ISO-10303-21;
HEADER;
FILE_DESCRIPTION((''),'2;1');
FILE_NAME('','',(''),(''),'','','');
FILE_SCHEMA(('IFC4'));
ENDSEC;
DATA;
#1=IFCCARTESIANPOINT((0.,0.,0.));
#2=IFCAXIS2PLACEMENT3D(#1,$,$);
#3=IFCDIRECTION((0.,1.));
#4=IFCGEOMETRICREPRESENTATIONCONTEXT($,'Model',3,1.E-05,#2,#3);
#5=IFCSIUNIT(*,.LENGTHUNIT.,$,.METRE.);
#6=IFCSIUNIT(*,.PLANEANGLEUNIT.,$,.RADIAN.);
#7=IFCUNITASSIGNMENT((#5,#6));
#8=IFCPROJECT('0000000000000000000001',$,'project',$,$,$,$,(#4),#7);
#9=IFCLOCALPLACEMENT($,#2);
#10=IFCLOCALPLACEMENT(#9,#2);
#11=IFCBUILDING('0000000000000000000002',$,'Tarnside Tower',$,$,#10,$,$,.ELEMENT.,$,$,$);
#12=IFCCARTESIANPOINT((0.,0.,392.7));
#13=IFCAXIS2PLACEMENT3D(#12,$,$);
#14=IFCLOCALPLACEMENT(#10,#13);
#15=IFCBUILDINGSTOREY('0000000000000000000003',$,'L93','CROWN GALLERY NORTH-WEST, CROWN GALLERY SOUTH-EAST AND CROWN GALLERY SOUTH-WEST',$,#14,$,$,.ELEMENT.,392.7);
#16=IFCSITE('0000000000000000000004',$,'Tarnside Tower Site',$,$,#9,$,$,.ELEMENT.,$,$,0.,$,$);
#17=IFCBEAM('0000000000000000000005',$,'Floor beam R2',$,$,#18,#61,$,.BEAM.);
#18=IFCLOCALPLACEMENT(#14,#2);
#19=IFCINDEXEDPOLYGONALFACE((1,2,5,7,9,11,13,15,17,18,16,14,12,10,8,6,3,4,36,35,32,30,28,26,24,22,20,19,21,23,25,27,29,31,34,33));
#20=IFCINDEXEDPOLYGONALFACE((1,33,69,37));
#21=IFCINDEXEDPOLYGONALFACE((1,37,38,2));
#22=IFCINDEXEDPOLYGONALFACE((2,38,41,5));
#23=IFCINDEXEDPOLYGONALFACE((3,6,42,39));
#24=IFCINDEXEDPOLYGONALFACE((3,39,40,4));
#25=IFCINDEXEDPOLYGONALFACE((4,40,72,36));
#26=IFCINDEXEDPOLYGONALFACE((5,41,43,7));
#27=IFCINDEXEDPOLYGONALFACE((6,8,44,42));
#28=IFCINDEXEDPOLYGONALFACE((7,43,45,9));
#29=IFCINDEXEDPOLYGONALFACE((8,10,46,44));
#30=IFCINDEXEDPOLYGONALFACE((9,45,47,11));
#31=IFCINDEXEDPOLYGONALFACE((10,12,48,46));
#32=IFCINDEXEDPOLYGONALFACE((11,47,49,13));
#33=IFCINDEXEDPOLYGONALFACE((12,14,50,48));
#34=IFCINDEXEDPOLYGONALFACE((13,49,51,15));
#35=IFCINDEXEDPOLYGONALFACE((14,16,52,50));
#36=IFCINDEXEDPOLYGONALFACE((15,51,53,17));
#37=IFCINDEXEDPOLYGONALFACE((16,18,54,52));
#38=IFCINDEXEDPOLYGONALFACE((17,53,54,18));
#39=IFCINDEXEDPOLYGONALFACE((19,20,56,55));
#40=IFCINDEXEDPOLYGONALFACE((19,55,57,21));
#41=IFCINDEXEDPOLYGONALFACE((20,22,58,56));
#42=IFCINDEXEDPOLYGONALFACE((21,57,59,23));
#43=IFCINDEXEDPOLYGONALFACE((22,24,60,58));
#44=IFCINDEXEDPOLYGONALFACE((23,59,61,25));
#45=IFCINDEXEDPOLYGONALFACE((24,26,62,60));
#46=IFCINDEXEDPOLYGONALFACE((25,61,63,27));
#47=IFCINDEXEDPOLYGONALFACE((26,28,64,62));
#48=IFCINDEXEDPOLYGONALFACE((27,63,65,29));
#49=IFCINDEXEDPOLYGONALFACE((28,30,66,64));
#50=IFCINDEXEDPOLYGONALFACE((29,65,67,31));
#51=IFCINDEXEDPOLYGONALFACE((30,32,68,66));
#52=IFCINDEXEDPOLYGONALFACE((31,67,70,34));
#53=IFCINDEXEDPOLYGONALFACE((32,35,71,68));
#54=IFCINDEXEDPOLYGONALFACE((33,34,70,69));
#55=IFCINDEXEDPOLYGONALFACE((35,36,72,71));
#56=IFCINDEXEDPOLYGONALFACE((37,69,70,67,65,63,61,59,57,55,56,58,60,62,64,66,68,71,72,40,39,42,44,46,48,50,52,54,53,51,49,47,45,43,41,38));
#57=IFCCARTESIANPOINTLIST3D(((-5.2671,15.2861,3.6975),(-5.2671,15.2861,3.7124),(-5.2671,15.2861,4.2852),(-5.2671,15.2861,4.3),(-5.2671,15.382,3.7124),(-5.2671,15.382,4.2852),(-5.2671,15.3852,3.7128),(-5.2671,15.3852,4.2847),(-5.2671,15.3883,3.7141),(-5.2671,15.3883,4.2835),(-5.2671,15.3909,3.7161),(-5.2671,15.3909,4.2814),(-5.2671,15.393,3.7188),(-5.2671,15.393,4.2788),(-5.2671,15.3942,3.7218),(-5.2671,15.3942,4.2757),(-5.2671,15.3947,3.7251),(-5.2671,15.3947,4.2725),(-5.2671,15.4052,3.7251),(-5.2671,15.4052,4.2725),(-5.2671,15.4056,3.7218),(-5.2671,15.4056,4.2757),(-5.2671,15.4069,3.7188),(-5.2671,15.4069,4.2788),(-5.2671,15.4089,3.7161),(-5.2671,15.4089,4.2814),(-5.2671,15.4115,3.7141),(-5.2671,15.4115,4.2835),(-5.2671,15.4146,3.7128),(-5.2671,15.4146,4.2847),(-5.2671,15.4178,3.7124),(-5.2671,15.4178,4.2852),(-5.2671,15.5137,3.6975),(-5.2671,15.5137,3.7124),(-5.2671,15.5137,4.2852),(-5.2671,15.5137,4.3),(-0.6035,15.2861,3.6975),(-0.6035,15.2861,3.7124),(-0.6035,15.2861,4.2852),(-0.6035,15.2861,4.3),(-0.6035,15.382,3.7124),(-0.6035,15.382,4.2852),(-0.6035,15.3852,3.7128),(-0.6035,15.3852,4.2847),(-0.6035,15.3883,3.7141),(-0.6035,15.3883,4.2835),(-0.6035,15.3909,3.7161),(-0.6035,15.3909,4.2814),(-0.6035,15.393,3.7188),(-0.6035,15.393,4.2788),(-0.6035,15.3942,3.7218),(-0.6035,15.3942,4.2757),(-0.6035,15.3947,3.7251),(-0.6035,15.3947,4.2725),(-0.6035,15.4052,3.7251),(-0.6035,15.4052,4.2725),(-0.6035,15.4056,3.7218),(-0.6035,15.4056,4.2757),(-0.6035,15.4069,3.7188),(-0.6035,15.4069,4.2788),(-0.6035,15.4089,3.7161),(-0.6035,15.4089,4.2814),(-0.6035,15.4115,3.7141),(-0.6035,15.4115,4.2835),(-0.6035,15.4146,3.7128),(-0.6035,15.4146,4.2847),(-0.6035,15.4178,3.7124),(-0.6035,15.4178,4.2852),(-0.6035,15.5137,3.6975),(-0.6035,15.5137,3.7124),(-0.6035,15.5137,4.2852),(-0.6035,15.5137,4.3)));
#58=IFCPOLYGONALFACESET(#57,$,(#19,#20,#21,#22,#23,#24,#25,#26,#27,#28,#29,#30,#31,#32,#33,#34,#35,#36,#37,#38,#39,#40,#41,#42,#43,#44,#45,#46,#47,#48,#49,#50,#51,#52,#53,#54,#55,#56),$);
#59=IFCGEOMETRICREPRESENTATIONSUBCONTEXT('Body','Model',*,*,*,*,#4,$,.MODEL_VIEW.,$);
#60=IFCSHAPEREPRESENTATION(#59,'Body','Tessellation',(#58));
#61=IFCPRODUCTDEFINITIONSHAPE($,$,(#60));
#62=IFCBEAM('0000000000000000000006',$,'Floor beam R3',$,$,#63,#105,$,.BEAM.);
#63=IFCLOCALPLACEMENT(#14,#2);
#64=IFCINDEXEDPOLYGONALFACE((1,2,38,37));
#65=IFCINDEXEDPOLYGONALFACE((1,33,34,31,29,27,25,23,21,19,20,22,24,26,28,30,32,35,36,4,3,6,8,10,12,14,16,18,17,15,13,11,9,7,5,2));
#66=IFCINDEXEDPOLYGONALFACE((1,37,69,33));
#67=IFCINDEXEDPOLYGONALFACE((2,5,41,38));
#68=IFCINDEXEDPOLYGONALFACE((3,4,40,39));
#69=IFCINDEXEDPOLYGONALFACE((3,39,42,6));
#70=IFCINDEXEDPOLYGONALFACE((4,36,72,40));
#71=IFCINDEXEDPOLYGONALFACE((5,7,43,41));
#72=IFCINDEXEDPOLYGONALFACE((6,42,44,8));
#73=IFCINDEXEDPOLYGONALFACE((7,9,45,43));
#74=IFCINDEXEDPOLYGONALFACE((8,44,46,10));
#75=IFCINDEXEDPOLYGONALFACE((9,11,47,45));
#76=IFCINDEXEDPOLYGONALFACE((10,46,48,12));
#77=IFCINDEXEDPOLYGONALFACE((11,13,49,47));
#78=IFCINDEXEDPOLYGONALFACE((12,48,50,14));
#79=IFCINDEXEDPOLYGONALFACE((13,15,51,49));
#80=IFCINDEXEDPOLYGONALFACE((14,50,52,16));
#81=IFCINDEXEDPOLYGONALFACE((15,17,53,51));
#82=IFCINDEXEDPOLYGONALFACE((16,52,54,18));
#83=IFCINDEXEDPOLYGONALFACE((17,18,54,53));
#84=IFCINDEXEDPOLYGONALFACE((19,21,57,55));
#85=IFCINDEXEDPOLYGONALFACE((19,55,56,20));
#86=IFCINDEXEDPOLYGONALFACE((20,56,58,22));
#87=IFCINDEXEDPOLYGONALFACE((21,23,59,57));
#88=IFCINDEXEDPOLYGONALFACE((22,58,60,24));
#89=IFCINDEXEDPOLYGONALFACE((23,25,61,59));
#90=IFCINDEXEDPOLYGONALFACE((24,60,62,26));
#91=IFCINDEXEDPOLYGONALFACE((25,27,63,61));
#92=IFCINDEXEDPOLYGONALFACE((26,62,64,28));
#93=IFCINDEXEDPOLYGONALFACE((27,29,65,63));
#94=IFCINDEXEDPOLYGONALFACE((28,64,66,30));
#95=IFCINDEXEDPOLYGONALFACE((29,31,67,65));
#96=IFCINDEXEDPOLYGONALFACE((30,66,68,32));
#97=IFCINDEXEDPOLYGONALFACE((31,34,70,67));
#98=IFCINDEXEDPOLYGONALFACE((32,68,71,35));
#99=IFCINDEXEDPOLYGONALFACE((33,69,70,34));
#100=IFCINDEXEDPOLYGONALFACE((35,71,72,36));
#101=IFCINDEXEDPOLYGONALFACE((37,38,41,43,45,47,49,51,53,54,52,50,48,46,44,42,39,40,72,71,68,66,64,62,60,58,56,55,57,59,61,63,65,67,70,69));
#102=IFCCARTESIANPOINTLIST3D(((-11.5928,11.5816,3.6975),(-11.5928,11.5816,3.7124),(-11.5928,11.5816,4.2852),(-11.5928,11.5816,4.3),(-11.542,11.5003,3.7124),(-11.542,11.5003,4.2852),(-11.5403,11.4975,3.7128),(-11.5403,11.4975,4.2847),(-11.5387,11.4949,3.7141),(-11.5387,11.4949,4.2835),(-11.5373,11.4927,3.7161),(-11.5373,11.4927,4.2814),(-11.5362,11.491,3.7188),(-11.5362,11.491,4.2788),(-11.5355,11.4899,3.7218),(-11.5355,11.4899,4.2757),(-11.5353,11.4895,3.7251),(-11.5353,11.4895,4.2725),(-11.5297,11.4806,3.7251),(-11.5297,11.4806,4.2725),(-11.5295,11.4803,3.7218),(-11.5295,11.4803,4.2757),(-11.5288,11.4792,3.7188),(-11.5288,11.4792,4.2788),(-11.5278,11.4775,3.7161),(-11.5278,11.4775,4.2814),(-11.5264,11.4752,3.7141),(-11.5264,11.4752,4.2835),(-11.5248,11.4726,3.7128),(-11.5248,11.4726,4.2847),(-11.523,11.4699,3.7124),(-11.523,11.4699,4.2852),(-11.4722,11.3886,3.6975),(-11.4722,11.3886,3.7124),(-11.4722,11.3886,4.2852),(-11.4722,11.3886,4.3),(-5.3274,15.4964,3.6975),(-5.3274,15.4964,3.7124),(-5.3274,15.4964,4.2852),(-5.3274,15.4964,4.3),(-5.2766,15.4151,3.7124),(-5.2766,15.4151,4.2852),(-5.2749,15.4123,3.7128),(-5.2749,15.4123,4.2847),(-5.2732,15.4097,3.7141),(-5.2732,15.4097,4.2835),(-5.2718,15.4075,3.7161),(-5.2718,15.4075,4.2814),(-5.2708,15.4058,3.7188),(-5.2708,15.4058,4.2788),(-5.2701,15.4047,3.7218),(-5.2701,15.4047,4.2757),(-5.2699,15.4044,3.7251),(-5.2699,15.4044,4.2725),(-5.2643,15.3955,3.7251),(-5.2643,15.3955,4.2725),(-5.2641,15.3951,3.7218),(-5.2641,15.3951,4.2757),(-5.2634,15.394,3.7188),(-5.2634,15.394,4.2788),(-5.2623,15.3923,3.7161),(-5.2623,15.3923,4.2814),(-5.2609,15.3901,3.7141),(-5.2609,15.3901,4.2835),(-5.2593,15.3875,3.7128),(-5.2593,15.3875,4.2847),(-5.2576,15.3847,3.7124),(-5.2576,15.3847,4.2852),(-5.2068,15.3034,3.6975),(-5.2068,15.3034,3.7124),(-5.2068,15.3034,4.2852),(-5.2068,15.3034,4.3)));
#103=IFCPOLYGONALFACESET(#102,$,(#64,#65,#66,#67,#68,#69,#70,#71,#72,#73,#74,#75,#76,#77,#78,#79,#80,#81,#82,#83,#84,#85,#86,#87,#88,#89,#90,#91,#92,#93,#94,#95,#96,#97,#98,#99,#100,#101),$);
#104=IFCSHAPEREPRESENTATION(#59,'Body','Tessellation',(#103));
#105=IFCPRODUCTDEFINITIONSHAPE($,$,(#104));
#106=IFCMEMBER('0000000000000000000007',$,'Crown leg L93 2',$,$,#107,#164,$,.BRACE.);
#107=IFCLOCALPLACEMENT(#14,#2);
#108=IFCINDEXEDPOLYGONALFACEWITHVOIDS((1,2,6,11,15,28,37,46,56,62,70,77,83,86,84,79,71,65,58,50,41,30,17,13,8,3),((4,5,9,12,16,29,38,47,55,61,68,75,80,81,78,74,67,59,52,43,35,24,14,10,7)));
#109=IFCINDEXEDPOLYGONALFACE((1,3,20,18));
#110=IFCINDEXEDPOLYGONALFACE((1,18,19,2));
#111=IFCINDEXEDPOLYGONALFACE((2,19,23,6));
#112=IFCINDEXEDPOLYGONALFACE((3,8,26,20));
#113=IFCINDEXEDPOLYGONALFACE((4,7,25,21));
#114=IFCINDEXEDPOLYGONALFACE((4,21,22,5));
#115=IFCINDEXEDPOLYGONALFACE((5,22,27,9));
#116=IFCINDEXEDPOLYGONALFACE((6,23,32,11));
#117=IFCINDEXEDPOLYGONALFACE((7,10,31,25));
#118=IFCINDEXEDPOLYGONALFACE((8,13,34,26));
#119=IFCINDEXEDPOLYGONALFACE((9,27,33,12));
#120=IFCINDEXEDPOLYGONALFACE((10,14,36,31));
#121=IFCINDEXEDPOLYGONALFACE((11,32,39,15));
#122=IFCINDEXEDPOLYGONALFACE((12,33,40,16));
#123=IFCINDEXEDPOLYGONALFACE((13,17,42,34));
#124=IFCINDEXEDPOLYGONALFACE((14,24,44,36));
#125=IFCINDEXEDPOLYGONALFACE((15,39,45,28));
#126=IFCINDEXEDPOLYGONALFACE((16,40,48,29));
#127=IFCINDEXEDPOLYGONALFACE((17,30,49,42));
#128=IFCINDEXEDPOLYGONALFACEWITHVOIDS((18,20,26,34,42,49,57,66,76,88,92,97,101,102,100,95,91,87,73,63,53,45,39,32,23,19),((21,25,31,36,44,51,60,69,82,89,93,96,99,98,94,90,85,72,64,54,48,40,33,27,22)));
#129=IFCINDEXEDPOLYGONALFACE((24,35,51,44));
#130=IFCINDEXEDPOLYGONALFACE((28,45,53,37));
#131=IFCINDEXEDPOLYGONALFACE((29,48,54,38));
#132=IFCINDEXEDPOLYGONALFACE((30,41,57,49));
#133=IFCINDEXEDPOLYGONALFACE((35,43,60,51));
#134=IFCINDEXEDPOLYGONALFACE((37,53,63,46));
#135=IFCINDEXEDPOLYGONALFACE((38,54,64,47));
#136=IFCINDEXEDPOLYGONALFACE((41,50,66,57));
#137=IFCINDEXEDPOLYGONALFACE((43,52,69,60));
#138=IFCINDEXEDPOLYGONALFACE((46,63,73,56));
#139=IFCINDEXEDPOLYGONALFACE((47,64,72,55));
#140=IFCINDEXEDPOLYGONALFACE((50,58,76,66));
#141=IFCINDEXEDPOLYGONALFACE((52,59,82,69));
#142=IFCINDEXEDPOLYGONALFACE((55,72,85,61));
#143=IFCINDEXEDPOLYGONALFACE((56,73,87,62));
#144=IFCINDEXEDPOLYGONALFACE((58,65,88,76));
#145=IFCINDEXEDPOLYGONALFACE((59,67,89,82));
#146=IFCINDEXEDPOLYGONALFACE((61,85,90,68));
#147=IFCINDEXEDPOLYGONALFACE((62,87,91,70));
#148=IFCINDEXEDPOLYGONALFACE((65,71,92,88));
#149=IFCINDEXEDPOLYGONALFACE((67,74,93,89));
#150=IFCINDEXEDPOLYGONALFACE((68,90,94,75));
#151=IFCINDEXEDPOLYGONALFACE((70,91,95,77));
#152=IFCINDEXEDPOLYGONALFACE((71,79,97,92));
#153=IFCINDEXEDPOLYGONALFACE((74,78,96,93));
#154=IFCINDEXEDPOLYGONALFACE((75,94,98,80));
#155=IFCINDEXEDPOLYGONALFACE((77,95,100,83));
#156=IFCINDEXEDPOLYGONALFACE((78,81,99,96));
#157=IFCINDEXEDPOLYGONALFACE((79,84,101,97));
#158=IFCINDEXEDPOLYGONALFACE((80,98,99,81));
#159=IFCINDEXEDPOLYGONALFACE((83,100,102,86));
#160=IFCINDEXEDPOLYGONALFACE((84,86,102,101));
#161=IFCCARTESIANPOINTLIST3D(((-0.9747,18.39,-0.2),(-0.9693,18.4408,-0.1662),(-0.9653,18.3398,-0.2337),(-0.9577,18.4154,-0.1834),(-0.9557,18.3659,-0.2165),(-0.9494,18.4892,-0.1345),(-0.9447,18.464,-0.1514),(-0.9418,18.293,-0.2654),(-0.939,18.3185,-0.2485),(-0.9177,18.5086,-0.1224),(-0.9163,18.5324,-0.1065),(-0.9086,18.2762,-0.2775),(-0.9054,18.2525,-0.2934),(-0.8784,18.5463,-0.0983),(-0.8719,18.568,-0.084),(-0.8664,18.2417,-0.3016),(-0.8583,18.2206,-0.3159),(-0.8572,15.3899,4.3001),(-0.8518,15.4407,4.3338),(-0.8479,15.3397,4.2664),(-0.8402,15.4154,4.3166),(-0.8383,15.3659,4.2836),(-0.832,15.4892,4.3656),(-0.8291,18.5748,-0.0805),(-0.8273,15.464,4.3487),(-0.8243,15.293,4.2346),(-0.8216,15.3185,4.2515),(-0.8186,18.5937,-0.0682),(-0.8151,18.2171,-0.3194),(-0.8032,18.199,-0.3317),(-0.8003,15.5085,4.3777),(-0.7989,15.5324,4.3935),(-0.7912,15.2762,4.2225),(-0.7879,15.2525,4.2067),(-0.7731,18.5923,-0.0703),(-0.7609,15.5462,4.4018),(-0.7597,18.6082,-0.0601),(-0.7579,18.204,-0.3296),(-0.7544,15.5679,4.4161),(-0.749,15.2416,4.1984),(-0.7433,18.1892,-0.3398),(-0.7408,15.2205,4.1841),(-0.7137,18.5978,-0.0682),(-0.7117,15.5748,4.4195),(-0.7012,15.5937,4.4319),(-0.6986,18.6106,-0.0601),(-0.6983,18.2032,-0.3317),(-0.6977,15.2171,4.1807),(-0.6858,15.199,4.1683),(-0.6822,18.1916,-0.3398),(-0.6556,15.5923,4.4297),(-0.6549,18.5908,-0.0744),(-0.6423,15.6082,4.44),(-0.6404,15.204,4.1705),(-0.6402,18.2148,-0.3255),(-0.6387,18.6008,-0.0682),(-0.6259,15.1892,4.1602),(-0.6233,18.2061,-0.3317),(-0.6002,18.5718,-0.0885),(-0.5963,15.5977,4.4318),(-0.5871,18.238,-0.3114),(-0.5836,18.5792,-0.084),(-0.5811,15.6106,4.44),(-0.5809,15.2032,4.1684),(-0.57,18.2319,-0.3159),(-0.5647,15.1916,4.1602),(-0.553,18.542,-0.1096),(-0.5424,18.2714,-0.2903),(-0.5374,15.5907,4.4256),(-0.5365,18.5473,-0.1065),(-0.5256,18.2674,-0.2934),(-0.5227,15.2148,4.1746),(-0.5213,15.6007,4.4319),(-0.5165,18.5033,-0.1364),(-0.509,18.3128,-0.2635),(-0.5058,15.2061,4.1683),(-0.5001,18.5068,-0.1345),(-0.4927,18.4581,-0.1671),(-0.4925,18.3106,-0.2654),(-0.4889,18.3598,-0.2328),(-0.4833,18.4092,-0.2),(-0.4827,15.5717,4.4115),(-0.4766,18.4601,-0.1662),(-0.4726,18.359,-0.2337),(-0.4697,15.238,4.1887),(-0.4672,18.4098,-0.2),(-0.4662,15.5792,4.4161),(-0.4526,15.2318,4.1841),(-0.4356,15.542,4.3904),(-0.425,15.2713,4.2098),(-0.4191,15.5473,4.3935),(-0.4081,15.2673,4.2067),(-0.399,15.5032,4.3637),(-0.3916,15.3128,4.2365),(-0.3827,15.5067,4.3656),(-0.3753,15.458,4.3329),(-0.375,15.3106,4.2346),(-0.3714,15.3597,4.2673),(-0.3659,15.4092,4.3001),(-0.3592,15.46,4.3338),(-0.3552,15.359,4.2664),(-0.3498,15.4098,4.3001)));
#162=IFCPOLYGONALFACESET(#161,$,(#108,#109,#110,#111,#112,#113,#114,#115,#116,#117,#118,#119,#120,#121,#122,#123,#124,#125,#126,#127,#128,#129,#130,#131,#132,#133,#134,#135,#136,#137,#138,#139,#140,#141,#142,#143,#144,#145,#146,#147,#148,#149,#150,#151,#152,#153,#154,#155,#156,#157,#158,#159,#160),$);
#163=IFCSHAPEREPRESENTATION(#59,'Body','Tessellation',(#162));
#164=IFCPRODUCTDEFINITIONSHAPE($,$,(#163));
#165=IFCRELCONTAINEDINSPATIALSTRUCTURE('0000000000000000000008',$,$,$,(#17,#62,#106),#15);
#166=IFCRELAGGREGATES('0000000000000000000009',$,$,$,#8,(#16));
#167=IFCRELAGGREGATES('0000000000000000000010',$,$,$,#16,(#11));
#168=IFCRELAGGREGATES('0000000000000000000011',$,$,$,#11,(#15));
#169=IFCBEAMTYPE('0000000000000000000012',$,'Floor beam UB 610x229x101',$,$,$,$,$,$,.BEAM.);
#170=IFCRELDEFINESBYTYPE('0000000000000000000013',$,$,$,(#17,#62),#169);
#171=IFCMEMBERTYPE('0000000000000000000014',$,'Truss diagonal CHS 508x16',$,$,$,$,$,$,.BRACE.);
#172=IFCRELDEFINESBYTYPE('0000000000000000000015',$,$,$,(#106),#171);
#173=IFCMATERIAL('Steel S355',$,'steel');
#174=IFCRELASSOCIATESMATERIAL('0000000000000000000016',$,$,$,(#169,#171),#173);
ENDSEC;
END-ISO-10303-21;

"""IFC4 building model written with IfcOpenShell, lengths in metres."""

from ifc_helpers import new_model, si_unit, direction, frame, origin, origin_2d, place, context, subcontext, project, spatial, hollow_circle, i_section, extrude, material, material_profile, profile_set, type_object, element, save


model = new_model("IFC4")

# Units and contexts
model_context = context("Model", 3, precision=1e-05, world=origin(), true_north=direction((0.0, 1.0)))
body_context = subcontext(model_context, "Body", "Model", "MODEL_VIEW")
ifc_project = project(units=[si_unit("LENGTHUNIT", "METRE"), si_unit("PLANEANGLEUNIT", "RADIAN")], contexts=[model_context])

# Site, building, storey
site_placement = place(None, origin())
site = spatial("IfcSite", under=ifc_project, at=site_placement, Name="Tarnside Tower Site", CompositionType="ELEMENT", RefElevation=0.0)
building_placement = place(site_placement, origin())
building = spatial("IfcBuilding", under=site, at=building_placement, Name="Tarnside Tower", CompositionType="ELEMENT")
storey_placement = place(building_placement, frame((0.0, 0.0, 392.7)))
storey = spatial("IfcBuildingStorey", under=building, at=storey_placement, Name="L93", Description="CROWN GALLERY NORTH-WEST, CROWN GALLERY SOUTH-EAST AND CROWN GALLERY SOUTH-WEST", CompositionType="ELEMENT", Elevation=392.7)

# Beams
ifc_material_1 = material(Name="Steel S355", Category="steel")
ifc_material_profile_1 = material_profile(ifc_material_1, i_section(OverallWidth=0.2275, OverallDepth=0.6025, WebThickness=0.0105, FlangeThickness=0.0149, FilletRadius=0.0127, at=origin_2d()), Name="UB 610x229x101")
ifc_profile_set_1 = profile_set([ifc_material_profile_1], Name="Steel S355")
beam_type = type_object("IfcBeamType", Name="Floor beam UB 610x229x101", PredefinedType="BEAM", material=ifc_profile_set_1)
beam_1_placement = place(storey_placement, frame((-0.6035, 15.3999, 3.9988), z_axis=(-1.0, 0.0, 0.0), x_axis=(0.0, -1.0, 0.0)))
element("IfcBeam", 1, at=beam_1_placement, inside=storey, type_object=beam_type, Name="Floor beam R2", PredefinedType="BEAM", context=body_context, shape_type="SweptSolid", body=[
    extrude(i_section(OverallWidth=0.2275, OverallDepth=0.6025, WebThickness=0.0105, FlangeThickness=0.0149, FilletRadius=0.0127, at=origin_2d()), origin(), (0.0, 0.0, 1.0), 4.6636),
])
beam_2_placement = place(storey_placement, frame((-5.2671, 15.3999, 3.9988), z_axis=(-0.848063, -0.529895, 0.0), x_axis=(0.529895, -0.848063, 0.0)))
element("IfcBeam", 2, at=beam_2_placement, inside=storey, type_object=beam_type, Name="Floor beam R3", PredefinedType="BEAM", context=body_context, shape_type="SweptSolid", body=[
    extrude(i_section(OverallWidth=0.2275, OverallDepth=0.6025, WebThickness=0.0105, FlangeThickness=0.0149, FilletRadius=0.0127, at=origin_2d()), origin(), (0.0, 0.0, 1.0), 7.3879),
])

# Member
ifc_material_profile_2 = material_profile(ifc_material_1, hollow_circle(Radius=0.2539, WallThickness=0.0161, at=origin_2d()), Name="CHS 508x16")
ifc_profile_set_2 = profile_set([ifc_material_profile_2], Name="Steel S355")
member_type_1 = type_object("IfcMemberType", Name="Truss diagonal CHS 508x16", PredefinedType="BRACE", material=ifc_profile_set_2)
member_1_placement = place(storey_placement, frame((-0.7209, 18.3999, -0.2), z_axis=(0.021708, -0.554569, 0.831854), x_axis=(0.999235, 0.039114, 0.0)))
element("IfcMember", 3, at=member_1_placement, inside=storey, type_object=member_type_1, Name="Crown leg L93 2", PredefinedType="BRACE", context=body_context, shape_type="SweptSolid", body=[
    extrude(hollow_circle(Radius=0.2539, WallThickness=0.0161, at=origin_2d()), origin(), (0.0, 0.0, 1.0), 5.4097),
])

save(model, "model.ifc")
